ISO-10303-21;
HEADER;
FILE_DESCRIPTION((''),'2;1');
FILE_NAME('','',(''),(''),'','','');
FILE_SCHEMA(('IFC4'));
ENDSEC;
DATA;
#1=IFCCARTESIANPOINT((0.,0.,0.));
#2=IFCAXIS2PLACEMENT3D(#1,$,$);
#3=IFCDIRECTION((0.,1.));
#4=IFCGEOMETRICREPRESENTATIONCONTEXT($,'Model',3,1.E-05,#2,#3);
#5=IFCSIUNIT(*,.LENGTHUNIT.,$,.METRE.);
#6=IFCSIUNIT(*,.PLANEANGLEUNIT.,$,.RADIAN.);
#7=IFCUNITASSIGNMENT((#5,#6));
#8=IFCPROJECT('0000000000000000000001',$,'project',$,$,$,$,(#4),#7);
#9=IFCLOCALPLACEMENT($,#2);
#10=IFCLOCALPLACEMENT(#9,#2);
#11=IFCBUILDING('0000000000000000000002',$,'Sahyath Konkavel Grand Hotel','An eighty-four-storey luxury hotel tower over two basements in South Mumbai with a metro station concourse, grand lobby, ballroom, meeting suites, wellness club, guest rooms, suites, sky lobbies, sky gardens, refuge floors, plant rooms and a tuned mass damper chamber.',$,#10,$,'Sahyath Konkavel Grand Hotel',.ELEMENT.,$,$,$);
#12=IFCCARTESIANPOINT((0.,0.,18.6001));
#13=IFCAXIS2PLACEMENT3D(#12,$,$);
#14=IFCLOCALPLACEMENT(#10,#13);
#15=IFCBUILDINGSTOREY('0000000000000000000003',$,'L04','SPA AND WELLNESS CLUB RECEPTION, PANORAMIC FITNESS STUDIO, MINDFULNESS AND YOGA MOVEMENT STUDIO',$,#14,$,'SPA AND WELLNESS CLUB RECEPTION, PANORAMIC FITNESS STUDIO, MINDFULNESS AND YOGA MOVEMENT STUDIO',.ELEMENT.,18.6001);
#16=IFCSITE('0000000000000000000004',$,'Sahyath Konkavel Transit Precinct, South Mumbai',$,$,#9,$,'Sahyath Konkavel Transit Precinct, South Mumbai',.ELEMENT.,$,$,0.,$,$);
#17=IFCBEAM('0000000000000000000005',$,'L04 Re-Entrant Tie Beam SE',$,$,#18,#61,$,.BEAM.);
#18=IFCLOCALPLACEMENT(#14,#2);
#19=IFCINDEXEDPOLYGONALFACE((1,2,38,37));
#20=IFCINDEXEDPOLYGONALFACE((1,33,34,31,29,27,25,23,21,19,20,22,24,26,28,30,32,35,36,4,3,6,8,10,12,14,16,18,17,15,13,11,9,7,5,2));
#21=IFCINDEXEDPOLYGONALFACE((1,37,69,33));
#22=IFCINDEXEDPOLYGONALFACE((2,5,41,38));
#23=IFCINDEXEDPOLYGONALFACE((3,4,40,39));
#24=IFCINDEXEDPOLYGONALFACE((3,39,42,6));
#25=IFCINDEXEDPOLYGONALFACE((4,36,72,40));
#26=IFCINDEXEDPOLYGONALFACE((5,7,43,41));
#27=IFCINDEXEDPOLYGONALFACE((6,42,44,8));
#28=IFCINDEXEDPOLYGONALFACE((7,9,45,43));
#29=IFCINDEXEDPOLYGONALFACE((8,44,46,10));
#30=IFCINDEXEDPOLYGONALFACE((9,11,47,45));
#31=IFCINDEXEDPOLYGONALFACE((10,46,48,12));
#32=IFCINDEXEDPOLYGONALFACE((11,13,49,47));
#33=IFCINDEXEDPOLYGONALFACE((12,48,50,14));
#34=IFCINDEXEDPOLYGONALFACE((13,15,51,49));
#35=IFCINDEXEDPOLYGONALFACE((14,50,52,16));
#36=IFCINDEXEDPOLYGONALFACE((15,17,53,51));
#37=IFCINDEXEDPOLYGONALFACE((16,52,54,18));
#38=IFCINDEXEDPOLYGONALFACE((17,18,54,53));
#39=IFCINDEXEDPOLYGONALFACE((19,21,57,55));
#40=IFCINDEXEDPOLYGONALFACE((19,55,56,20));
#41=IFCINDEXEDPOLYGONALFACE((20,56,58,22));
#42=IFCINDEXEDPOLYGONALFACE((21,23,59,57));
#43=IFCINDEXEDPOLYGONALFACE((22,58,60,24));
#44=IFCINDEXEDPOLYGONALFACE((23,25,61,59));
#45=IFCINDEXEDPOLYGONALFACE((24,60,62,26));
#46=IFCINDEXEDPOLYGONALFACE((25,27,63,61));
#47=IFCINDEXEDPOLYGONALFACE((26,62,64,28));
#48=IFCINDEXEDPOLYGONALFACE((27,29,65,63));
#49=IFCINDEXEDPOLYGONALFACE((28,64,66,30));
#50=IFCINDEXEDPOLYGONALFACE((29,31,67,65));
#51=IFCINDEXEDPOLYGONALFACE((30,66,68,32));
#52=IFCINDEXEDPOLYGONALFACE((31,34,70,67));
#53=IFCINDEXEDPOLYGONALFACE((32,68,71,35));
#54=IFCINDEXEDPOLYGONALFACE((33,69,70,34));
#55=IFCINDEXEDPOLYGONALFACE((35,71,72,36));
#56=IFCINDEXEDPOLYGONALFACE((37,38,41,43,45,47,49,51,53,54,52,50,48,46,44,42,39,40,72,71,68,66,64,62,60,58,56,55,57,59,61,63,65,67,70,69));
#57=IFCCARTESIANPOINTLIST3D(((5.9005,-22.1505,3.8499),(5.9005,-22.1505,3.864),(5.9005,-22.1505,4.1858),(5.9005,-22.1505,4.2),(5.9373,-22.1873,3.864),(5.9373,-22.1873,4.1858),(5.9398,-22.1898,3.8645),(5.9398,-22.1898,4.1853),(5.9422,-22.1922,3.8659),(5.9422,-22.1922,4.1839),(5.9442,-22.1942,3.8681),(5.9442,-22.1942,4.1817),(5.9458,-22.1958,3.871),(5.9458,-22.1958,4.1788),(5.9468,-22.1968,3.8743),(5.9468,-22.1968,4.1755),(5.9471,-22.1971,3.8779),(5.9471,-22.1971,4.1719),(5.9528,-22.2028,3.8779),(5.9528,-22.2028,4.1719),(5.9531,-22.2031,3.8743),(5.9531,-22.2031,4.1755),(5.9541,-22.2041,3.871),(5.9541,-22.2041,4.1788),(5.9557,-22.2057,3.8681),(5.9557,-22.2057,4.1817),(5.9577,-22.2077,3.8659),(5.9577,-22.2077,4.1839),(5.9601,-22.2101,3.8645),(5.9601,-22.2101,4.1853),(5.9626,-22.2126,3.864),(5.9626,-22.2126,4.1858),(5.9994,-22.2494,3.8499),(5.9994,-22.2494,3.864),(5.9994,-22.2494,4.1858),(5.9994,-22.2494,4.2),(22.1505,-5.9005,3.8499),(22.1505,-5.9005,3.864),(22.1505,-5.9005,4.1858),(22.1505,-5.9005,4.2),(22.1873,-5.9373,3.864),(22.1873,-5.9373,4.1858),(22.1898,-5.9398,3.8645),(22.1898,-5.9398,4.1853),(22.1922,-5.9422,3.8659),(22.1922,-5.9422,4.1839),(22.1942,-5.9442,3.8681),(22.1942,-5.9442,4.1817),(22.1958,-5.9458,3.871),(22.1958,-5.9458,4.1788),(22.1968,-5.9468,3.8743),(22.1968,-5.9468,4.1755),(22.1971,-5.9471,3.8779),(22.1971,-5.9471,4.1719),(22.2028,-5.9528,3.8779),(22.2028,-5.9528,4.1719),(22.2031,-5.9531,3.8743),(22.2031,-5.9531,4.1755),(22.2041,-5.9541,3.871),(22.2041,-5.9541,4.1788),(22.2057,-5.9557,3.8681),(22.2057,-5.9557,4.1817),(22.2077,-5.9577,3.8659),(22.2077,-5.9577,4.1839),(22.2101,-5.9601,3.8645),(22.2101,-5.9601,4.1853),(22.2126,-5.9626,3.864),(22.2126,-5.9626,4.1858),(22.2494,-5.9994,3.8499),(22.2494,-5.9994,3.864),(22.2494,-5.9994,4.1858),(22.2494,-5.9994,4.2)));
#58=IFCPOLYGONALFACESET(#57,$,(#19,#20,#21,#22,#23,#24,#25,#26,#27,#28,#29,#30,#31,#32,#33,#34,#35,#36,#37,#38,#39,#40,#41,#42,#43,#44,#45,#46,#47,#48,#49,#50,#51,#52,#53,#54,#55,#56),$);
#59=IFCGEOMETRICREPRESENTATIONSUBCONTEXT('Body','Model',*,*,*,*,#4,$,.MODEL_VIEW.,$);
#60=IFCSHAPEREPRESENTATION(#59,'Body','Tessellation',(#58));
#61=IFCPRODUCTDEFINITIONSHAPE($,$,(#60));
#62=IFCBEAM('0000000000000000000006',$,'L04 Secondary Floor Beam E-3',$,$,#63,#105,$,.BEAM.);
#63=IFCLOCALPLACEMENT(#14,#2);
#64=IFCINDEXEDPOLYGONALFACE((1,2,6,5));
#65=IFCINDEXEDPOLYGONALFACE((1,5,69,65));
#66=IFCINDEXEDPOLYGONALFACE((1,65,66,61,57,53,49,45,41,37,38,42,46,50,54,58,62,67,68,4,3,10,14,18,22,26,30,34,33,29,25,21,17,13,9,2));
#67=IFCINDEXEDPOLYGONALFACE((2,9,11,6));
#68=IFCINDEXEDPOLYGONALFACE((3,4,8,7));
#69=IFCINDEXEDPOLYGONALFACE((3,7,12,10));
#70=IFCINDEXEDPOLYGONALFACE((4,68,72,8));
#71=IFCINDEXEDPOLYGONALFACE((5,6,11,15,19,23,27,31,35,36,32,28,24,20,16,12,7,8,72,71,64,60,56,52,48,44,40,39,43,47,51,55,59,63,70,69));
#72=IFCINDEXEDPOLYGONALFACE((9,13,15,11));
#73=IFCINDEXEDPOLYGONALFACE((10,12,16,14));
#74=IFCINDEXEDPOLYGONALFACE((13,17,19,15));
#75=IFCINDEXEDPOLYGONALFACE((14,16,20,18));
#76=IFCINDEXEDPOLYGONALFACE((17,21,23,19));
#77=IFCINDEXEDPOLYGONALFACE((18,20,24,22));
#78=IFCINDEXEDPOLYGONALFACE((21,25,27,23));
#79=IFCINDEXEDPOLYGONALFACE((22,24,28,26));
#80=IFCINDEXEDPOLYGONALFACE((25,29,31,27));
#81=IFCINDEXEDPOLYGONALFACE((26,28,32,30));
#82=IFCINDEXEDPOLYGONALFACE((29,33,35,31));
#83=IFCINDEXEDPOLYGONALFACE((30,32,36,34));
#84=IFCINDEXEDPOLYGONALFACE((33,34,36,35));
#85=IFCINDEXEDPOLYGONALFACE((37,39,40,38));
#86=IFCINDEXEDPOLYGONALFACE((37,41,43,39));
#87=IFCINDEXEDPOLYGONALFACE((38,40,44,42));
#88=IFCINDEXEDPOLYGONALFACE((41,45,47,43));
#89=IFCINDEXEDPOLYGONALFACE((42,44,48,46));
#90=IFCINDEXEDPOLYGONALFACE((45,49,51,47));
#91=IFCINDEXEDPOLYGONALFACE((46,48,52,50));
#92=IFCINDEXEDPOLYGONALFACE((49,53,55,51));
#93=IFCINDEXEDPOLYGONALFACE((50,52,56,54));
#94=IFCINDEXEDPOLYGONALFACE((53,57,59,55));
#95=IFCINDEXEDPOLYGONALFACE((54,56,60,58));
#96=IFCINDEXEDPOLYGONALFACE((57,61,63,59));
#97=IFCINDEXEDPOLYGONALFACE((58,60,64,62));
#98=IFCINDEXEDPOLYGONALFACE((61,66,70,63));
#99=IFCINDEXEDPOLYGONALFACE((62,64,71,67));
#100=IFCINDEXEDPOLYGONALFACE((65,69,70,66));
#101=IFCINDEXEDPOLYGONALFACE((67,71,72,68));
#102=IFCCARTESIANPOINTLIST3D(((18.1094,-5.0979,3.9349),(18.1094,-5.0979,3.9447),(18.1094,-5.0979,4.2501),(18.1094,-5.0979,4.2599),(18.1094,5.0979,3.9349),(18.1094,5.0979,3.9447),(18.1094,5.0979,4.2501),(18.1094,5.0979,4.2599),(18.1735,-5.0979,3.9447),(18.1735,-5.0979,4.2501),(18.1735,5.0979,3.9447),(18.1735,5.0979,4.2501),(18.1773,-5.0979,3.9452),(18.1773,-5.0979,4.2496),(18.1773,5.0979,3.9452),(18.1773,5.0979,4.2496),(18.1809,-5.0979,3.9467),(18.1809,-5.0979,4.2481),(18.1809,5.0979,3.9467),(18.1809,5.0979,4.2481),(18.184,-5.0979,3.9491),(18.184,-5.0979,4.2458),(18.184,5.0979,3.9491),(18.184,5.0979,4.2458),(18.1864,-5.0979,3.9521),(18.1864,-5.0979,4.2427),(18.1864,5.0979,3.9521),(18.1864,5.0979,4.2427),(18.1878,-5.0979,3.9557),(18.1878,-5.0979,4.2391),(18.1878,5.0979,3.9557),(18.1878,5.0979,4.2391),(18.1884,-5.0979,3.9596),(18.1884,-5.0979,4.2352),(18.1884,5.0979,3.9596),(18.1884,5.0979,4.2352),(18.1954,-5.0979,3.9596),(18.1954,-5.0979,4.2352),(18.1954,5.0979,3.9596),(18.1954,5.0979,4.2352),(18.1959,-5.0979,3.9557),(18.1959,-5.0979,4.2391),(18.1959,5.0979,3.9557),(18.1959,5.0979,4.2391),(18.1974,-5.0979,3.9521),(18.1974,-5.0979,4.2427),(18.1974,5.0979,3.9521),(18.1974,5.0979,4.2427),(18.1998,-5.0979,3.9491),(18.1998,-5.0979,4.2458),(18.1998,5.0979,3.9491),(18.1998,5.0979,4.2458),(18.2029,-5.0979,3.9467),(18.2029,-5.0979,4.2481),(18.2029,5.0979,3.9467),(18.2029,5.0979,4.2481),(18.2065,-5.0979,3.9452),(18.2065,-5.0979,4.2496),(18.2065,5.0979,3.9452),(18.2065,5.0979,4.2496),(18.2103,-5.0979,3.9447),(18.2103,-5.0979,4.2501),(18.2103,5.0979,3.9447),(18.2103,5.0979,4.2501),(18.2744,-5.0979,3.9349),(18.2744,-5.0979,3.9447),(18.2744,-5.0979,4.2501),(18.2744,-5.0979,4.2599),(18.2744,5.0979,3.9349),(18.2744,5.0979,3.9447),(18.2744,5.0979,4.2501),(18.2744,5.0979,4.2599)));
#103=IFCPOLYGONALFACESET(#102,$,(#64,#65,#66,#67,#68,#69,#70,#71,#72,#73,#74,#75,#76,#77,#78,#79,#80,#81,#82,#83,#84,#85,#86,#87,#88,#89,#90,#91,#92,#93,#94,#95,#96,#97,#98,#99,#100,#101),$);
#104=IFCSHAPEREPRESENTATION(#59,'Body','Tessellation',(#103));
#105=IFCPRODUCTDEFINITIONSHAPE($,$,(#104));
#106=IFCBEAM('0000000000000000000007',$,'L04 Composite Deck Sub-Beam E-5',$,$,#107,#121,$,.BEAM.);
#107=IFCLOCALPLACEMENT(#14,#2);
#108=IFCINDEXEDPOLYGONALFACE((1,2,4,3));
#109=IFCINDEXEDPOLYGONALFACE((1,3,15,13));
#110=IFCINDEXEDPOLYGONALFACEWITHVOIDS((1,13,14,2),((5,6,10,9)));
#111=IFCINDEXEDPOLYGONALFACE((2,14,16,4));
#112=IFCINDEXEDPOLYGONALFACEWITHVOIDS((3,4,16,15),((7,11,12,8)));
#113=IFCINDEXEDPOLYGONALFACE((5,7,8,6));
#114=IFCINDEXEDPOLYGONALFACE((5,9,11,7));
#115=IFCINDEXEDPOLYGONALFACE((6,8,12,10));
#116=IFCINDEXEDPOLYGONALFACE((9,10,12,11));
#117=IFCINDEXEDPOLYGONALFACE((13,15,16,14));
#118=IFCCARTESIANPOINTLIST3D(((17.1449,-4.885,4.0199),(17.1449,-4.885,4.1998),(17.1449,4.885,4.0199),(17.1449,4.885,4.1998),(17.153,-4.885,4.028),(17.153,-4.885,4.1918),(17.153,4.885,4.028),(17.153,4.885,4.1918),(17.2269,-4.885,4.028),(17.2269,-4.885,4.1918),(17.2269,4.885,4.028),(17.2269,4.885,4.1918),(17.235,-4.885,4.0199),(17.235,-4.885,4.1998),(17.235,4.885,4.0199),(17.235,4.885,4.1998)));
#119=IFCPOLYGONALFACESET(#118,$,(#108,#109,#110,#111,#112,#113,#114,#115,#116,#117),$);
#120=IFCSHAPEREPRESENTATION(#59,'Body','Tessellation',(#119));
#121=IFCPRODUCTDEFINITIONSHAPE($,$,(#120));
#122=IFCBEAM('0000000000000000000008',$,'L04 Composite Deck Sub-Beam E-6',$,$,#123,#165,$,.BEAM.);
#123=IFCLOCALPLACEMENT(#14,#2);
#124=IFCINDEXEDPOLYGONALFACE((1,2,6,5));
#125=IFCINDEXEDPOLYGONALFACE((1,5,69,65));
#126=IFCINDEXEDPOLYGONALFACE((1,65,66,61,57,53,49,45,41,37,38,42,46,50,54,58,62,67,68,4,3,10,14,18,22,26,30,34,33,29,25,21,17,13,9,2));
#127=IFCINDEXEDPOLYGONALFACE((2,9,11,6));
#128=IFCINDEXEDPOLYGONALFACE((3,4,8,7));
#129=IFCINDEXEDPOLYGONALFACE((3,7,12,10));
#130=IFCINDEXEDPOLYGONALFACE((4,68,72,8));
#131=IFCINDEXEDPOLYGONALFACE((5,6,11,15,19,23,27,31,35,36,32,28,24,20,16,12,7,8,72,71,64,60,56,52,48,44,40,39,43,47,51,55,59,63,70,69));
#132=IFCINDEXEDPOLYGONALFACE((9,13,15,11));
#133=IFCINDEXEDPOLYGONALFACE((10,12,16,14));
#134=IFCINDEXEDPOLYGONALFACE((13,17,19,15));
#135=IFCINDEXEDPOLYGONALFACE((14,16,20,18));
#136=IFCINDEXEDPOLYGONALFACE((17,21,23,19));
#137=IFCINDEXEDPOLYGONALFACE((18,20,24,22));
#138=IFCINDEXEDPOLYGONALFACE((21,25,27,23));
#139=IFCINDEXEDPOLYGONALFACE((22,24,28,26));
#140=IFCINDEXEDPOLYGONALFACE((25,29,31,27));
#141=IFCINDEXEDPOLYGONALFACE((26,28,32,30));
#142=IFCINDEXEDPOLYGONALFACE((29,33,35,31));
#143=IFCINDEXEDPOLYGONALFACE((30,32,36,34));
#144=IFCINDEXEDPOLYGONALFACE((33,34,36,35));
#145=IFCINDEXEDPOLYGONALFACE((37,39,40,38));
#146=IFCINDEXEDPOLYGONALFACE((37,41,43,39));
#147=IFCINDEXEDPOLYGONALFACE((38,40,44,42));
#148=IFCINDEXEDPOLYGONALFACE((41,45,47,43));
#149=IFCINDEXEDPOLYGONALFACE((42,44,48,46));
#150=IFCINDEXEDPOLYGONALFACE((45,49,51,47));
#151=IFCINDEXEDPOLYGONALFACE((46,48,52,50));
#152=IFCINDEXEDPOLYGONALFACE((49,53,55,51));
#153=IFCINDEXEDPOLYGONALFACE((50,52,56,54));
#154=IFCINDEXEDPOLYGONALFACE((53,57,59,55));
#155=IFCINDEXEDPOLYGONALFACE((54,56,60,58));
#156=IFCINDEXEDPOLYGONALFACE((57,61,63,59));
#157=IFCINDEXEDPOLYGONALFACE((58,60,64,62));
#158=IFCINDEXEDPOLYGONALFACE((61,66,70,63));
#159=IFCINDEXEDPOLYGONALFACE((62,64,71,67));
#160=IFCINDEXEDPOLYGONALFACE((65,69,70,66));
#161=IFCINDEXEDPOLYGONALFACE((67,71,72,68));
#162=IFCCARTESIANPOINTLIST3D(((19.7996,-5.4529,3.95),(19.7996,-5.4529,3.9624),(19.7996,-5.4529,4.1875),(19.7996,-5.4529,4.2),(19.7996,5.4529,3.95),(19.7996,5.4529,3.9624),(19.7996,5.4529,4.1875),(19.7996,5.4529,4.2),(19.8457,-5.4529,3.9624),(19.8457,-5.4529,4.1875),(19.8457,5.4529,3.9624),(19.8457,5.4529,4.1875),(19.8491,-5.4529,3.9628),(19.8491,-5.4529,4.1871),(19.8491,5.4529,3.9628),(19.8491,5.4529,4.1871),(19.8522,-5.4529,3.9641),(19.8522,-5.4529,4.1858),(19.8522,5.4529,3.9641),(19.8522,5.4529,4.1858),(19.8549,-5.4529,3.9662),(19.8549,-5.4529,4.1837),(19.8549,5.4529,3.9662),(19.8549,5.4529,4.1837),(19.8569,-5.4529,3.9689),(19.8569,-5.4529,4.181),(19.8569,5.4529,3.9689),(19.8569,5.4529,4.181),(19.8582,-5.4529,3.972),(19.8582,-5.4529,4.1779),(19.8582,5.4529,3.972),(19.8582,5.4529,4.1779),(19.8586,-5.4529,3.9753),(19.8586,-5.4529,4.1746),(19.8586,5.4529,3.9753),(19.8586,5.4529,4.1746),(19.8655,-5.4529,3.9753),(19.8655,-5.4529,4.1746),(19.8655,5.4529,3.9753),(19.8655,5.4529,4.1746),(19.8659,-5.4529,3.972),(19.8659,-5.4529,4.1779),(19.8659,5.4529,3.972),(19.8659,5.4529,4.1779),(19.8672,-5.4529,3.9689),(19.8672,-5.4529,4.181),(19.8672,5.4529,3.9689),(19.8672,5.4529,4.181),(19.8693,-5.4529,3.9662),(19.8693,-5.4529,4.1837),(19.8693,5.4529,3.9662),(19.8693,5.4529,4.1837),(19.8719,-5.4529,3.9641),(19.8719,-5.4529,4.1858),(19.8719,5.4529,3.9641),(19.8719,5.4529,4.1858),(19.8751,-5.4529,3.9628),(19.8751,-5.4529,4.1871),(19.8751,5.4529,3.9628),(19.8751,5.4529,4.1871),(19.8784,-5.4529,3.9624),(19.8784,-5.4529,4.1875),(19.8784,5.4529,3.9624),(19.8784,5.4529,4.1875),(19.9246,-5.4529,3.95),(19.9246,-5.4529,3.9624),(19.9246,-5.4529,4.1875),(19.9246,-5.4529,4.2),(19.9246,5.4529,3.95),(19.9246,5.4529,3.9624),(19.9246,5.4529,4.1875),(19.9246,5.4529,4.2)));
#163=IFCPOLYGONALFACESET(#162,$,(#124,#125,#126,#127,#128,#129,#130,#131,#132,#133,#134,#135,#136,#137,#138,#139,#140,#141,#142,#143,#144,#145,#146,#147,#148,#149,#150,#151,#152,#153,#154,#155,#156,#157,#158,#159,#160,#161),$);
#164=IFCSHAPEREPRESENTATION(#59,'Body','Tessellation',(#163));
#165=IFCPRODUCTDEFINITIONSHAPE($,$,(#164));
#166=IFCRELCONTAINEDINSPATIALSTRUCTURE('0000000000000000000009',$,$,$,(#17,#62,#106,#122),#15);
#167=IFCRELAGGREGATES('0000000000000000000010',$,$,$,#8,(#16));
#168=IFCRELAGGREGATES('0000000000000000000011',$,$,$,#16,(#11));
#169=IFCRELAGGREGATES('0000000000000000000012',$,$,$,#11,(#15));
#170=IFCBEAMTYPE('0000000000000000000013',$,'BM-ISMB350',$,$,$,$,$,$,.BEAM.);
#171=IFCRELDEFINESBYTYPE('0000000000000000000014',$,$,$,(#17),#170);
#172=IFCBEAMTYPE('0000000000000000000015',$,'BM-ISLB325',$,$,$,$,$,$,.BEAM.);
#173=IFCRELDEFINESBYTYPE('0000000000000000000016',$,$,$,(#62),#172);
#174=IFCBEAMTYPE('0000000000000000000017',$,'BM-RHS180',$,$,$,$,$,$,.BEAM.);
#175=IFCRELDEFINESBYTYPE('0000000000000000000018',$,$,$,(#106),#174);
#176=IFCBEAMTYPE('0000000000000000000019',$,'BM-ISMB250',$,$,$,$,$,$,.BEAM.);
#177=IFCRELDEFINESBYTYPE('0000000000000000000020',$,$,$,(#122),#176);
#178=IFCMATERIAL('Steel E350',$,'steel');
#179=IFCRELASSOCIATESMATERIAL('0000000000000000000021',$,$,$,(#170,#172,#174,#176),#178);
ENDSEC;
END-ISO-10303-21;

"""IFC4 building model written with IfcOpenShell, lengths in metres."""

from ifc_helpers import new_model, si_unit, direction, frame, origin, origin_2d, place, context, subcontext, project, spatial, hollow_rectangle, i_section, extrude, source, transform, mapped, material, material_profile, profile_set, type_object, element, save


model = new_model("IFC4")

# Units and contexts
model_context = context("Model", 3, precision=1e-05, world=origin(), true_north=direction((0.0, 1.0)))
body_context = subcontext(model_context, "Body", "Model", "MODEL_VIEW")
ifc_project = project(units=[si_unit("LENGTHUNIT", "METRE"), si_unit("PLANEANGLEUNIT", "RADIAN")], contexts=[model_context])

# Site, building, storey
site_placement = place(None, origin())
site = spatial("IfcSite", under=ifc_project, at=site_placement, Name="Sahyath Konkavel Transit Precinct, South Mumbai", LongName="Sahyath Konkavel Transit Precinct, South Mumbai", CompositionType="ELEMENT", RefElevation=0.0)
building_placement = place(site_placement, origin())
building = spatial("IfcBuilding", under=site, at=building_placement, Name="Sahyath Konkavel Grand Hotel", Description="An eighty-four-storey luxury hotel tower over two basements in South Mumbai with a metro station concourse, grand lobby, ballroom, meeting suites, wellness club, guest rooms, suites, sky lobbies, sky gardens, refuge floors, plant rooms and a tuned mass damper chamber.", LongName="Sahyath Konkavel Grand Hotel", CompositionType="ELEMENT")
storey_placement = place(building_placement, frame((0.0, 0.0, 18.6001)))
storey = spatial("IfcBuildingStorey", under=building, at=storey_placement, Name="L04", Description="SPA AND WELLNESS CLUB RECEPTION, PANORAMIC FITNESS STUDIO, MINDFULNESS AND YOGA MOVEMENT STUDIO", LongName="SPA AND WELLNESS CLUB RECEPTION, PANORAMIC FITNESS STUDIO, MINDFULNESS AND YOGA MOVEMENT STUDIO", CompositionType="ELEMENT", Elevation=18.6001)

# Shared definitions
ifc_material_1 = material(Name="Steel E350", Category="steel")

# Beams
ifc_material_profile_1 = material_profile(ifc_material_1, i_section(OverallWidth=0.1399, OverallDepth=0.3501, WebThickness=0.0081, FlangeThickness=0.0142, FilletRadius=0.0139, at=origin_2d()), Name="ISMB 350")
ifc_profile_set_1 = profile_set([ifc_material_profile_1], Name="Steel E350")
beam_type_1 = type_object("IfcBeamType", Name="BM-ISMB350", PredefinedType="BEAM", material=ifc_profile_set_1)
shared_shape_1 = source(origin(), body_context, "Body", "SweptSolid", [
    extrude(i_section(OverallWidth=0.1399, OverallDepth=0.3501, WebThickness=0.0081, FlangeThickness=0.0142, FilletRadius=0.0139, at=origin_2d()), origin(), (0.0, 0.0, 1.0), 22.981),
])
beam_1_placement = place(storey_placement, frame((22.2, -5.95, 4.0249), z_axis=(-0.707107, -0.707107, 0.0), x_axis=(0.707107, -0.707107, 0.0)))
element("IfcBeam", 1, at=beam_1_placement, inside=storey, type_object=beam_type_1, Name="L04 Re-Entrant Tie Beam SE", PredefinedType="BEAM", context=body_context, shape_type="MappedRepresentation", body=[
    mapped(shared_shape_1, transform((0.0, 0.0, 0.0), scale=1.0)),
])
ifc_material_profile_2 = material_profile(ifc_material_1, i_section(OverallWidth=0.165, OverallDepth=0.325, WebThickness=0.0071, FlangeThickness=0.0098, FilletRadius=0.0149, at=origin_2d()), Name="ISLB 325")
ifc_profile_set_2 = profile_set([ifc_material_profile_2], Name="Steel E350")
beam_type_2 = type_object("IfcBeamType", Name="BM-ISLB325", PredefinedType="BEAM", material=ifc_profile_set_2)
shared_shape_2 = source(origin(), body_context, "Body", "SweptSolid", [
    extrude(i_section(OverallWidth=0.165, OverallDepth=0.325, WebThickness=0.0071, FlangeThickness=0.0098, FilletRadius=0.0149, at=origin_2d()), origin(), (0.0, 0.0, 1.0), 10.1958),
])
beam_2_placement = place(storey_placement, frame((18.1919, -5.0979, 4.0974), z_axis=(0.0, 1.0, 0.0), x_axis=(-1.0, 0.0, 0.0)))
element("IfcBeam", 2, at=beam_2_placement, inside=storey, type_object=beam_type_2, Name="L04 Secondary Floor Beam E-3", PredefinedType="BEAM", context=body_context, shape_type="MappedRepresentation", body=[
    mapped(shared_shape_2, transform((0.0, 0.0, 0.0), scale=1.0)),
])
ifc_material_profile_3 = material_profile(ifc_material_1, hollow_rectangle(XDim=0.0901, YDim=0.1799, WallThickness=0.0081, at=origin_2d()), Name="RHS 180x90x8")
ifc_profile_set_3 = profile_set([ifc_material_profile_3], Name="Steel E350")
beam_type_3 = type_object("IfcBeamType", Name="BM-RHS180", PredefinedType="BEAM", material=ifc_profile_set_3)
shared_shape_3 = source(origin(), body_context, "Body", "SweptSolid", [
    extrude(hollow_rectangle(XDim=0.0901, YDim=0.1799, WallThickness=0.0081, at=origin_2d()), origin(), (0.0, 0.0, 1.0), 9.77),
])
beam_3_placement = place(storey_placement, frame((17.1899, -4.885, 4.1099), z_axis=(0.0, 1.0, 0.0), x_axis=(-1.0, 0.0, 0.0)))
element("IfcBeam", 3, at=beam_3_placement, inside=storey, type_object=beam_type_3, Name="L04 Composite Deck Sub-Beam E-5", PredefinedType="BEAM", context=body_context, shape_type="MappedRepresentation", body=[
    mapped(shared_shape_3, transform((0.0, 0.0, 0.0), scale=1.0)),
])
ifc_material_profile_4 = material_profile(ifc_material_1, i_section(OverallWidth=0.125, OverallDepth=0.25, WebThickness=0.0068, FlangeThickness=0.0125, FilletRadius=0.0129, at=origin_2d()), Name="ISMB 250")
ifc_profile_set_4 = profile_set([ifc_material_profile_4], Name="Steel E350")
beam_type_4 = type_object("IfcBeamType", Name="BM-ISMB250", PredefinedType="BEAM", material=ifc_profile_set_4)
shared_shape_4 = source(origin(), body_context, "Body", "SweptSolid", [
    extrude(i_section(OverallWidth=0.125, OverallDepth=0.25, WebThickness=0.0068, FlangeThickness=0.0125, FilletRadius=0.0129, at=origin_2d()), origin(), (0.0, 0.0, 1.0), 10.9058),
])
beam_4_placement = place(storey_placement, frame((19.8621, -5.4529, 4.075), z_axis=(0.0, 1.0, 0.0), x_axis=(-1.0, 0.0, 0.0)))
element("IfcBeam", 4, at=beam_4_placement, inside=storey, type_object=beam_type_4, Name="L04 Composite Deck Sub-Beam E-6", PredefinedType="BEAM", context=body_context, shape_type="MappedRepresentation", body=[
    mapped(shared_shape_4, transform((0.0, 0.0, 0.0), scale=1.0)),
])

save(model, "model.ifc")
